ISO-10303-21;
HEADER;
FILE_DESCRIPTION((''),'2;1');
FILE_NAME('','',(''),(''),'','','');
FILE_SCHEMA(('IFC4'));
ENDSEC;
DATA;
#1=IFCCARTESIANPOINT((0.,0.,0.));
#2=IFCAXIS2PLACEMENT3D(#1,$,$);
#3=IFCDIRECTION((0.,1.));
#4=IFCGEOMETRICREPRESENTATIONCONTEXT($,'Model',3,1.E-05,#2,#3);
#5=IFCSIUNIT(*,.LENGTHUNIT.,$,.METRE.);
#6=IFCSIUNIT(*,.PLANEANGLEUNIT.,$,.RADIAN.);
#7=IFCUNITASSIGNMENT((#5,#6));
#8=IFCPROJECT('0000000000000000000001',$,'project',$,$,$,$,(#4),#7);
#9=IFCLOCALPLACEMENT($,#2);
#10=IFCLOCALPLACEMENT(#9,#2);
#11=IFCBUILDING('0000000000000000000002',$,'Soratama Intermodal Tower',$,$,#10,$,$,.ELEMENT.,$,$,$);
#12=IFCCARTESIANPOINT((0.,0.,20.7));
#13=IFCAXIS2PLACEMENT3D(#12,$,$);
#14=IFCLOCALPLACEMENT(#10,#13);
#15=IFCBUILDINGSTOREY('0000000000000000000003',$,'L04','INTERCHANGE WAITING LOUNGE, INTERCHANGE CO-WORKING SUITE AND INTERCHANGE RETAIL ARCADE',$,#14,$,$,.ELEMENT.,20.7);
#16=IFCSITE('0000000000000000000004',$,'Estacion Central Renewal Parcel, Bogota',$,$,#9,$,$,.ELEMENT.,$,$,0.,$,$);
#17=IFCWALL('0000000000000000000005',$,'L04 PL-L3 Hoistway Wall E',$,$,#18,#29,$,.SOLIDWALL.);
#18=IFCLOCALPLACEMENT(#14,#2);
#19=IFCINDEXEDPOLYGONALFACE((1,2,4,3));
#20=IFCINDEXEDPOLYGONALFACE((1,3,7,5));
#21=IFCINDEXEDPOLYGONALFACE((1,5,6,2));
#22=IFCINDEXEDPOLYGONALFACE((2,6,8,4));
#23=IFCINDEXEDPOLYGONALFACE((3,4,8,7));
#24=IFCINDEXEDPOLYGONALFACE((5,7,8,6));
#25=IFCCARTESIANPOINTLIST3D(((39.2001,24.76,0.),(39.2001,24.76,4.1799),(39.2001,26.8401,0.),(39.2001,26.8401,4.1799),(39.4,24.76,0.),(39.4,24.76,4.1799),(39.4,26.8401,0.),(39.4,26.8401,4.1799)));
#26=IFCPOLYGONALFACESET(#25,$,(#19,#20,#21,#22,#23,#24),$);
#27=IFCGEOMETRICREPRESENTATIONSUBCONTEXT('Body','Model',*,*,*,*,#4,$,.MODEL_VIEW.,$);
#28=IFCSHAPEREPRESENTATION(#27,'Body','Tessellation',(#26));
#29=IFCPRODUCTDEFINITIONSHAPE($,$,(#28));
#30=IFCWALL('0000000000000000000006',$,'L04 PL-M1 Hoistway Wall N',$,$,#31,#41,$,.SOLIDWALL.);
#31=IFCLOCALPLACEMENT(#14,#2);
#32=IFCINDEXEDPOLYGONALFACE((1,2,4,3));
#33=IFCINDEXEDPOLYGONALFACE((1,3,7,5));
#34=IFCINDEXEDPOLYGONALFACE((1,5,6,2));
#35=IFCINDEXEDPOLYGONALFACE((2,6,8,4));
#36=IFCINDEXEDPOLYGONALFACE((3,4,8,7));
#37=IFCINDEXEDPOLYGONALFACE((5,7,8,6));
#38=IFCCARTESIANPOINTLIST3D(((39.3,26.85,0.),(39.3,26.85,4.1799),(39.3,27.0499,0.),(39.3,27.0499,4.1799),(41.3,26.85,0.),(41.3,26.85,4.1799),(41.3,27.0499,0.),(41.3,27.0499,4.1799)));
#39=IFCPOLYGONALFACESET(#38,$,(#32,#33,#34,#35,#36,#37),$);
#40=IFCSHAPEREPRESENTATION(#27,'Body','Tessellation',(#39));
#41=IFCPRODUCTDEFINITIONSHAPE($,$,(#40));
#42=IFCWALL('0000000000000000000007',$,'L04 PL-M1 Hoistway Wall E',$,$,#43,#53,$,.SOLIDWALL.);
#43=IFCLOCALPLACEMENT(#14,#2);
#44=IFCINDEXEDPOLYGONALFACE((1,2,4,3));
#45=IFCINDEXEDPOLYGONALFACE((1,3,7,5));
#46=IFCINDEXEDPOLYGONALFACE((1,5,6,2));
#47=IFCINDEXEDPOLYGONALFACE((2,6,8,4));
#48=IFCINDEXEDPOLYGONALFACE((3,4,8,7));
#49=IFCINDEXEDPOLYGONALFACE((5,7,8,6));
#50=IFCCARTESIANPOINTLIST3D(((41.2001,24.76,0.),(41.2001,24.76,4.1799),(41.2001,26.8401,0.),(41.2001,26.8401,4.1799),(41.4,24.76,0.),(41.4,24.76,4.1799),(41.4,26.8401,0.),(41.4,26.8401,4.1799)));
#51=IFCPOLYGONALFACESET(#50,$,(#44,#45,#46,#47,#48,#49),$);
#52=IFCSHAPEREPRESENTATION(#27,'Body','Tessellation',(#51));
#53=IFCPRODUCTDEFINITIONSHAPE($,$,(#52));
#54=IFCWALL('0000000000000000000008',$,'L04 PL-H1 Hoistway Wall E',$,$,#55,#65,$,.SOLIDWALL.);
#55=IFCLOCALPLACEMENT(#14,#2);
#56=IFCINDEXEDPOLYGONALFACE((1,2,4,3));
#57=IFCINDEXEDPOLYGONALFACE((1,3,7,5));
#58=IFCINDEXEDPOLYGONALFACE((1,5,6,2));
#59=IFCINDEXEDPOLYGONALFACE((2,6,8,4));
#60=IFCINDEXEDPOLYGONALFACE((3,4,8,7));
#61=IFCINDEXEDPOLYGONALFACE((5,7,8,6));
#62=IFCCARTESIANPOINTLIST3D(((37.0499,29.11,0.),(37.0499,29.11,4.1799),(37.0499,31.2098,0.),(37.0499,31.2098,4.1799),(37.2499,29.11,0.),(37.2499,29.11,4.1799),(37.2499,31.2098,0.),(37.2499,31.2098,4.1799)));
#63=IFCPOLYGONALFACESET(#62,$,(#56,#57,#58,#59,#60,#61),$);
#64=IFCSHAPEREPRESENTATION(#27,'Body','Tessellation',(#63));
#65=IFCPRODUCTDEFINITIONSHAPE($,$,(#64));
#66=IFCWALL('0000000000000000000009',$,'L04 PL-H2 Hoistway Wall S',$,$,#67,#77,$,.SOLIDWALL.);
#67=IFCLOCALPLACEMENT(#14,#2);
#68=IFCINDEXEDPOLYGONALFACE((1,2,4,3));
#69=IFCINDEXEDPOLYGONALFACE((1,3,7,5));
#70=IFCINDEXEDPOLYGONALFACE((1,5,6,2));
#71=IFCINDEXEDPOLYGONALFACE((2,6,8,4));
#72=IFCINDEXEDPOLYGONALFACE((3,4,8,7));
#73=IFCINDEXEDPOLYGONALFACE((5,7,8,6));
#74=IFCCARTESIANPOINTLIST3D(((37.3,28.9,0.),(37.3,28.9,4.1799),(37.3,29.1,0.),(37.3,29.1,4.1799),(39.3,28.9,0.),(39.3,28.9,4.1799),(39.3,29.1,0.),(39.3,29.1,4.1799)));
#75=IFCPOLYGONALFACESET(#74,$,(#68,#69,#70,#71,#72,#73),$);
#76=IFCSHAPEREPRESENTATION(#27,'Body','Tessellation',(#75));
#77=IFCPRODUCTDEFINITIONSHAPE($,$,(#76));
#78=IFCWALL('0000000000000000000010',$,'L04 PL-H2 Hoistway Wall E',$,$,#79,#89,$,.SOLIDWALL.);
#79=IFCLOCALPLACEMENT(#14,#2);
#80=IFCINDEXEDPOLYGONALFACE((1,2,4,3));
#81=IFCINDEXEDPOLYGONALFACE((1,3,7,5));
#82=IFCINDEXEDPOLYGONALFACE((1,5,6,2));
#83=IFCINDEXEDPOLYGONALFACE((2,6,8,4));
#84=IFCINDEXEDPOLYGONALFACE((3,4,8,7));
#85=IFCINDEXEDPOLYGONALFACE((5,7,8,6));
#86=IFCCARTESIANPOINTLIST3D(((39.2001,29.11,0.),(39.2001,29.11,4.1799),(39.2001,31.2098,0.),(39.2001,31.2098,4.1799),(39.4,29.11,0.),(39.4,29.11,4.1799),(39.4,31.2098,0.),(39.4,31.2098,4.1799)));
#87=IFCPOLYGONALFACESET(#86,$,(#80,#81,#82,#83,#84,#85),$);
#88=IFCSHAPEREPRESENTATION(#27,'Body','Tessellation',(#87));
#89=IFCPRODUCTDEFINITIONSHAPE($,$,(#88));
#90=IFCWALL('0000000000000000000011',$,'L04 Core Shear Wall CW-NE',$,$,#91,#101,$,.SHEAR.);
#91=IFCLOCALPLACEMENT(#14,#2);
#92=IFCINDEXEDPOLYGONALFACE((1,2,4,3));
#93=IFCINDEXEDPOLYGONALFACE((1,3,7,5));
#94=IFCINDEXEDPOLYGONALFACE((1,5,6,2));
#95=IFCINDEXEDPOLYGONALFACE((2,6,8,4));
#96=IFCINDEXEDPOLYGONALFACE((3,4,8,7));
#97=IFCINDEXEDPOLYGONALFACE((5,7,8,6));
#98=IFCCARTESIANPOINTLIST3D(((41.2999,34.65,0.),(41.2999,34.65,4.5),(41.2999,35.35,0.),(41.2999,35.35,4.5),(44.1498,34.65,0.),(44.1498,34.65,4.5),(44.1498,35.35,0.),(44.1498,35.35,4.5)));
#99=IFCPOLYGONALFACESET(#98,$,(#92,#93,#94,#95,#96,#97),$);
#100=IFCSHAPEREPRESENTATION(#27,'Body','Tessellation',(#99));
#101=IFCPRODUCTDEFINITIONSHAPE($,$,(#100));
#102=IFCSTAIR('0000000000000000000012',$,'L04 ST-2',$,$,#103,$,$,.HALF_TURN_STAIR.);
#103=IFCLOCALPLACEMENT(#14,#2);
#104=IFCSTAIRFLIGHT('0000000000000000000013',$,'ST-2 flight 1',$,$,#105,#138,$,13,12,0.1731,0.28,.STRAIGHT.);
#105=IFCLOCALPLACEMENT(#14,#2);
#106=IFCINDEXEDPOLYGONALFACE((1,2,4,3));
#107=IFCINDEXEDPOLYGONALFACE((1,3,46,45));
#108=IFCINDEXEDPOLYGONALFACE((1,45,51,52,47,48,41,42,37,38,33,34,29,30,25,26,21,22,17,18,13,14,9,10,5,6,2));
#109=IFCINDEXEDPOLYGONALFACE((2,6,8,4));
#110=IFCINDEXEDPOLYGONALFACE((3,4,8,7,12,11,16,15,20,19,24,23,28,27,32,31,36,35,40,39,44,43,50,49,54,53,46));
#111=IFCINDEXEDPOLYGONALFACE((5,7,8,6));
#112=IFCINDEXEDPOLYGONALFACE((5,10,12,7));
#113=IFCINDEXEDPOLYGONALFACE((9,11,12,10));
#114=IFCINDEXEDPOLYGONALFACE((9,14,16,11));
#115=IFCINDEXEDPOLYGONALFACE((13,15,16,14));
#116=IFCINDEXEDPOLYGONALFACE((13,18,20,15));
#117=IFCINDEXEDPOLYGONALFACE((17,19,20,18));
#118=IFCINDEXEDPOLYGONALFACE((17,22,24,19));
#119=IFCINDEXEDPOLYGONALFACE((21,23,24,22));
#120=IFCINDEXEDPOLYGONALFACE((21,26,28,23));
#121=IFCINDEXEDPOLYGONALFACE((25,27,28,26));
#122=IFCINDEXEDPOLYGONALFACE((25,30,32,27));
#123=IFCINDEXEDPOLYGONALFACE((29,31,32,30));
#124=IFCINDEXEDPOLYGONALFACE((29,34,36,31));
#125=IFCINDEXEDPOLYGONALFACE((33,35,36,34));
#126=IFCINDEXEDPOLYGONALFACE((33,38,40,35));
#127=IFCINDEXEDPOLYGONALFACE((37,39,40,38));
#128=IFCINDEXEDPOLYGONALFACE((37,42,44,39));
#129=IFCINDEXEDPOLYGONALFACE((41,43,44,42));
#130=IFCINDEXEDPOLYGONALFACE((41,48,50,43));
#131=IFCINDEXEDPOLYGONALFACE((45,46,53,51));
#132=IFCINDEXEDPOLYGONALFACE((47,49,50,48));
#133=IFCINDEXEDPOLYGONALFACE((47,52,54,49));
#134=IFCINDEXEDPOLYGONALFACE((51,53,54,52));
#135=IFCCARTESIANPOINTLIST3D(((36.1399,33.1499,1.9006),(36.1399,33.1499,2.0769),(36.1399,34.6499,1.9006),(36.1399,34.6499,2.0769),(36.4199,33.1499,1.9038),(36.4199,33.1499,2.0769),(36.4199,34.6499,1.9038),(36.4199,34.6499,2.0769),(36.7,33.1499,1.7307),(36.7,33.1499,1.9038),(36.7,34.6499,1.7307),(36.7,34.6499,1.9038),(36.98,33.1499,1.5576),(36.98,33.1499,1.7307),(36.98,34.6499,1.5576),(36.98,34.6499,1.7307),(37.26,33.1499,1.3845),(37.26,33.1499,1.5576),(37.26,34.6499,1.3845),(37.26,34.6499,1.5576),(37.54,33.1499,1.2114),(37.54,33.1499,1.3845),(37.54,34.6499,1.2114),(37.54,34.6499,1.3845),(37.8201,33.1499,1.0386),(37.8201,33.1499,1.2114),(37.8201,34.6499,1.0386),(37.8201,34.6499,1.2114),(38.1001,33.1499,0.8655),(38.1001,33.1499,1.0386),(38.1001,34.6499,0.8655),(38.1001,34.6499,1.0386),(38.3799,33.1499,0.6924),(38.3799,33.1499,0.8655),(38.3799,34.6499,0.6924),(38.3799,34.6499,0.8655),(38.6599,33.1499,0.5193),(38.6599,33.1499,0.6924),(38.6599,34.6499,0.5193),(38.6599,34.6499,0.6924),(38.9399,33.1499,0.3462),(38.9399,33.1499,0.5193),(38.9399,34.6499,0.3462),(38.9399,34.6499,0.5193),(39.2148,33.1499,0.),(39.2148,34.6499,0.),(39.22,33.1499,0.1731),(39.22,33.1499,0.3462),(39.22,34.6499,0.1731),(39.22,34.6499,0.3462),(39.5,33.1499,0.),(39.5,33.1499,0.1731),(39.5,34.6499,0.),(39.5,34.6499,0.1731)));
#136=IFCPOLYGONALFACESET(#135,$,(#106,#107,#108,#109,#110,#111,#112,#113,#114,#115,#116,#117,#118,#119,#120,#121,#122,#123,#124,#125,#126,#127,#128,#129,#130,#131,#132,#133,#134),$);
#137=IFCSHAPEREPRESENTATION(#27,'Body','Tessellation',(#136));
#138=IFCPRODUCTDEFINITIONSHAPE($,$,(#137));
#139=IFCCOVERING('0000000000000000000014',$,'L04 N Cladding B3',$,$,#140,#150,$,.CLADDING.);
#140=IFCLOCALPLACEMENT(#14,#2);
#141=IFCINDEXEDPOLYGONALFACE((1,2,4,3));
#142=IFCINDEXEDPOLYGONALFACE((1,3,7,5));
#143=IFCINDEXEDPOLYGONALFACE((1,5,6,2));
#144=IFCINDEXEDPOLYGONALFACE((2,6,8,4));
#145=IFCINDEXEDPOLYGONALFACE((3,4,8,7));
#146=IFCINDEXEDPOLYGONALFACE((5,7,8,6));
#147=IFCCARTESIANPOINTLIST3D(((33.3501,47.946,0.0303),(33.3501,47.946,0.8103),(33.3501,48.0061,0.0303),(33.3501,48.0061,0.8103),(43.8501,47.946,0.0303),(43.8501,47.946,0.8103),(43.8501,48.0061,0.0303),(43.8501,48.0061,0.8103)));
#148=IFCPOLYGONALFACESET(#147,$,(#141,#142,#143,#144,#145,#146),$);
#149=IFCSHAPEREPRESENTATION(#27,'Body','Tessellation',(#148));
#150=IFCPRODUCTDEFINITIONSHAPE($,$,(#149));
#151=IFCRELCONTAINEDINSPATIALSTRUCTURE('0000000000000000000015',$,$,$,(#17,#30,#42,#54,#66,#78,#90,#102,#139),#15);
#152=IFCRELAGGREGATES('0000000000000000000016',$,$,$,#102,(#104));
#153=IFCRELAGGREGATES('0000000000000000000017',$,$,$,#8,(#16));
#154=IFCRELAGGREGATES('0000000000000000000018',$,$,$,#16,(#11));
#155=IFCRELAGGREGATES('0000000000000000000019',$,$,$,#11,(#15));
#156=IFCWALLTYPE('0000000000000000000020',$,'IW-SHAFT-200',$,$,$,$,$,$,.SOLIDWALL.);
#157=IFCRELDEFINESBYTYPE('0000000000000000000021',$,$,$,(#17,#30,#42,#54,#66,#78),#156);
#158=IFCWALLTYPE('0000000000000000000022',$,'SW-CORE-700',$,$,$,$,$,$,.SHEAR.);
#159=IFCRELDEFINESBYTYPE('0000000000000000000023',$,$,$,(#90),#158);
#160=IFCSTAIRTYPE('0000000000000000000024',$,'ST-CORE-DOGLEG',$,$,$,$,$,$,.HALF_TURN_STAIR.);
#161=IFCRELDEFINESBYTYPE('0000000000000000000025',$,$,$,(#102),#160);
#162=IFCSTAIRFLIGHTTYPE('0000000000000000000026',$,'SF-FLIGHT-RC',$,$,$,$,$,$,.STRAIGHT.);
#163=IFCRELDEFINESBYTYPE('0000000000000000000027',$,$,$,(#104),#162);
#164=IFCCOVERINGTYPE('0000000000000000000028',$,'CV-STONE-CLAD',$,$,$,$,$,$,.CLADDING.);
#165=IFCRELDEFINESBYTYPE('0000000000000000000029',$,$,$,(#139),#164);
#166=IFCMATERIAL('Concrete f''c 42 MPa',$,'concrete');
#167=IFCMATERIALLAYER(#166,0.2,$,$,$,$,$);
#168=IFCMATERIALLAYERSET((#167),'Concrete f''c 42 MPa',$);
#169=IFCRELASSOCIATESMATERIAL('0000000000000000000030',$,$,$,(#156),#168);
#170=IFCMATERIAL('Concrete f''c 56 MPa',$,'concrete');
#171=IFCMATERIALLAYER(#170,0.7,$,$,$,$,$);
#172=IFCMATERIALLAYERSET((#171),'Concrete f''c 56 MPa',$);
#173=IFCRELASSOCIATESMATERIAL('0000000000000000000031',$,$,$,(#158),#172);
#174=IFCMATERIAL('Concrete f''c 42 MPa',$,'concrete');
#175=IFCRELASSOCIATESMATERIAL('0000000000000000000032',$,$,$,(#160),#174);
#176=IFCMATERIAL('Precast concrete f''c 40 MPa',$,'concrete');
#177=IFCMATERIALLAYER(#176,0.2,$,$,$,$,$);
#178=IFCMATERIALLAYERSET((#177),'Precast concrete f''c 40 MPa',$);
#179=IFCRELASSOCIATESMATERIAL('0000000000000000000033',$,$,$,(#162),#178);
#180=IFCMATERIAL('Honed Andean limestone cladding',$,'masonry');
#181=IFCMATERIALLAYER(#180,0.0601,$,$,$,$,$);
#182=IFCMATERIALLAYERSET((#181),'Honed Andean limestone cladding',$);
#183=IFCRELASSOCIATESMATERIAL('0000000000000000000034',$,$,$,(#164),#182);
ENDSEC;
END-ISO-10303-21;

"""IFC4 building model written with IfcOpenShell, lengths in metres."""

from ifc_helpers import new_model, si_unit, direction, frame, frame_2d, origin, origin_2d, place, context, subcontext, project, spatial, polyline, rectangle, outline, extrude, material, layer, layer_set, type_object, element, aggregate, save


model = new_model("IFC4")

# Units and contexts
model_context = context("Model", 3, precision=1e-05, world=origin(), true_north=direction((0.0, 1.0)))
body_context = subcontext(model_context, "Body", "Model", "MODEL_VIEW")
ifc_project = project(units=[si_unit("LENGTHUNIT", "METRE"), si_unit("PLANEANGLEUNIT", "RADIAN")], contexts=[model_context])

# Site, building, storey
site_placement = place(None, origin())
site = spatial("IfcSite", under=ifc_project, at=site_placement, Name="Estacion Central Renewal Parcel, Bogota", CompositionType="ELEMENT", RefElevation=0.0)
building_placement = place(site_placement, origin())
building = spatial("IfcBuilding", under=site, at=building_placement, Name="Soratama Intermodal Tower", CompositionType="ELEMENT")
storey_placement = place(building_placement, frame((0.0, 0.0, 20.7)))
storey = spatial("IfcBuildingStorey", under=building, at=storey_placement, Name="L04", Description="INTERCHANGE WAITING LOUNGE, INTERCHANGE CO-WORKING SUITE AND INTERCHANGE RETAIL ARCADE", CompositionType="ELEMENT", Elevation=20.7)

# Walls
ifc_material_1 = material(Name="Concrete f'c 42 MPa", Category="concrete")
ifc_layer_1 = layer(ifc_material_1, 0.2)
ifc_layer_set_1 = layer_set([ifc_layer_1], Name="Concrete f'c 42 MPa")
wall_type_1 = type_object("IfcWallType", Name="IW-SHAFT-200", PredefinedType="SOLIDWALL", material=ifc_layer_set_1)
wall_1_placement = place(storey_placement, frame((39.3, 24.76, 0.0), z_axis=(0.0, 0.0, 1.0), x_axis=(0.0, 1.0, 0.0)))
element("IfcWall", 1, at=wall_1_placement, inside=storey, type_object=wall_type_1, Name="L04 PL-L3 Hoistway Wall E", PredefinedType="SOLIDWALL", context=body_context, shape_type="SweptSolid", body=[
    extrude(rectangle(XDim=2.0801, YDim=0.2, at=frame_2d((1.04, 0.0))), origin(), (0.0, 0.0, 1.0), 4.1799),
])
wall_2_placement = place(storey_placement, frame((39.3, 26.95, 0.0), z_axis=(0.0, 0.0, 1.0), x_axis=(1.0, 0.0, 0.0)))
element("IfcWall", 2, at=wall_2_placement, inside=storey, type_object=wall_type_1, Name="L04 PL-M1 Hoistway Wall N", PredefinedType="SOLIDWALL", context=body_context, shape_type="SweptSolid", body=[
    extrude(rectangle(XDim=2.0, YDim=0.2, at=frame_2d((1.0, 0.0))), origin(), (0.0, 0.0, 1.0), 4.1799),
])
wall_3_placement = place(storey_placement, frame((41.3, 24.76, 0.0), z_axis=(0.0, 0.0, 1.0), x_axis=(0.0, 1.0, 0.0)))
element("IfcWall", 3, at=wall_3_placement, inside=storey, type_object=wall_type_1, Name="L04 PL-M1 Hoistway Wall E", PredefinedType="SOLIDWALL", context=body_context, shape_type="SweptSolid", body=[
    extrude(rectangle(XDim=2.0801, YDim=0.2, at=frame_2d((1.04, 0.0))), origin(), (0.0, 0.0, 1.0), 4.1799),
])
wall_4_placement = place(storey_placement, frame((37.1499, 29.1101, 0.0), z_axis=(0.0, 0.0, 1.0), x_axis=(0.0, 1.0, 0.0)))
element("IfcWall", 4, at=wall_4_placement, inside=storey, type_object=wall_type_1, Name="L04 PL-H1 Hoistway Wall E", PredefinedType="SOLIDWALL", context=body_context, shape_type="SweptSolid", body=[
    extrude(rectangle(XDim=2.0999, YDim=0.2, at=frame_2d((1.0498, 0.0))), origin(), (0.0, 0.0, 1.0), 4.1799),
])
wall_5_placement = place(storey_placement, frame((37.3, 29.0, 0.0), z_axis=(0.0, 0.0, 1.0), x_axis=(1.0, 0.0, 0.0)))
element("IfcWall", 5, at=wall_5_placement, inside=storey, type_object=wall_type_1, Name="L04 PL-H2 Hoistway Wall S", PredefinedType="SOLIDWALL", context=body_context, shape_type="SweptSolid", body=[
    extrude(rectangle(XDim=2.0, YDim=0.2, at=frame_2d((1.0, 0.0))), origin(), (0.0, 0.0, 1.0), 4.1799),
])
wall_6_placement = place(storey_placement, frame((39.3, 29.1101, 0.0), z_axis=(0.0, 0.0, 1.0), x_axis=(0.0, 1.0, 0.0)))
element("IfcWall", 6, at=wall_6_placement, inside=storey, type_object=wall_type_1, Name="L04 PL-H2 Hoistway Wall E", PredefinedType="SOLIDWALL", context=body_context, shape_type="SweptSolid", body=[
    extrude(rectangle(XDim=2.0999, YDim=0.2, at=frame_2d((1.0498, 0.0))), origin(), (0.0, 0.0, 1.0), 4.1799),
])
ifc_material_2 = material(Name="Concrete f'c 56 MPa", Category="concrete")
ifc_layer_2 = layer(ifc_material_2, 0.7)
ifc_layer_set_2 = layer_set([ifc_layer_2], Name="Concrete f'c 56 MPa")
wall_type_2 = type_object("IfcWallType", Name="SW-CORE-700", PredefinedType="SHEAR", material=ifc_layer_set_2)
wall_7_placement = place(storey_placement, frame((41.3, 35.0, 0.0), z_axis=(0.0, 0.0, 1.0), x_axis=(1.0, 0.0, 0.0)))
element("IfcWall", 7, at=wall_7_placement, inside=storey, type_object=wall_type_2, Name="L04 Core Shear Wall CW-NE", PredefinedType="SHEAR", context=body_context, shape_type="SweptSolid", body=[
    extrude(rectangle(XDim=2.8499, YDim=0.7, at=frame_2d((1.4248, 0.0))), origin(), (0.0, 0.0, 1.0), 4.5),
])

# Stair, stair flight
ifc_material_3 = material(Name="Concrete f'c 42 MPa", Category="concrete")
stair_type = type_object("IfcStairType", Name="ST-CORE-DOGLEG", PredefinedType="HALF_TURN_STAIR", material=ifc_material_3)
stair_placement = place(storey_placement, origin())
stair = element("IfcStair", 8, at=stair_placement, inside=storey, type_object=stair_type, Name="L04 ST-2", PredefinedType="HALF_TURN_STAIR")
ifc_material_4 = material(Name="Precast concrete f'c 40 MPa", Category="concrete")
ifc_layer_3 = layer(ifc_material_4, 0.2)
ifc_layer_set_3 = layer_set([ifc_layer_3], Name="Precast concrete f'c 40 MPa")
stair_flight_type = type_object("IfcStairFlightType", Name="SF-FLIGHT-RC", PredefinedType="STRAIGHT", material=ifc_layer_set_3)
stair_flight_placement = place(storey_placement, frame((39.5, 33.8999, 0.0), z_axis=(0.0, 0.0, 1.0), x_axis=(-1.0, 0.0, 0.0)))
stair_flight = element("IfcStairFlight", 9, at=stair_flight_placement, type_object=stair_flight_type, Name="ST-2 flight 1", NumberOfRisers=13, NumberOfTreads=12, PredefinedType="STRAIGHT", RiserHeight=0.1731, TreadLength=0.28, context=body_context, shape_type="SweptSolid", body=[
    extrude(outline(polyline([(0.0, 0.0), (0.0, 0.1731), (0.28, 0.1731), (0.28, 0.3462), (0.5601, 0.3462), (0.5601, 0.5193), (0.8401, 0.5193), (0.8401, 0.6924), (1.1201, 0.6924), (1.1201, 0.8655), (1.3999, 0.8655), (1.3999, 1.0386), (1.6799, 1.0386), (1.6799, 1.2114), (1.96, 1.2114), (1.96, 1.3845), (2.24, 1.3845), (2.24, 1.5576), (2.52, 1.5576), (2.52, 1.7307), (2.8, 1.7307), (2.8, 1.9038), (3.0801, 1.9038), (3.0801, 2.0769), (3.3601, 2.0769), (3.3601, 2.25), (3.3601, 1.9006), (0.2852, 0.0), (0.0, 0.0)])), frame((0.0, 0.75, 0.0), z_axis=(0.0, -1.0, 0.0), x_axis=(1.0, 0.0, 0.0)), (0.0, 0.0, 1.0), 1.5),
])
aggregate(stair, [stair_flight])

# Covering
ifc_material_5 = material(Name="Honed Andean limestone cladding", Category="masonry")
ifc_layer_4 = layer(ifc_material_5, 0.0601)
ifc_layer_set_4 = layer_set([ifc_layer_4], Name="Honed Andean limestone cladding")
covering_type = type_object("IfcCoveringType", Name="CV-STONE-CLAD", PredefinedType="CLADDING", material=ifc_layer_set_4)
covering_placement = place(storey_placement, frame((38.6001, 47.9761, 0.0303), z_axis=(0.0, 0.0, 1.0), x_axis=(1.0, 0.0, 0.0)))
element("IfcCovering", 10, at=covering_placement, inside=storey, type_object=covering_type, Name="L04 N Cladding B3", PredefinedType="CLADDING", context=body_context, shape_type="SweptSolid", body=[
    extrude(rectangle(XDim=10.5, YDim=0.0601, at=origin_2d()), origin(), (0.0, 0.0, 1.0), 0.78),
])

save(model, "model.ifc")
